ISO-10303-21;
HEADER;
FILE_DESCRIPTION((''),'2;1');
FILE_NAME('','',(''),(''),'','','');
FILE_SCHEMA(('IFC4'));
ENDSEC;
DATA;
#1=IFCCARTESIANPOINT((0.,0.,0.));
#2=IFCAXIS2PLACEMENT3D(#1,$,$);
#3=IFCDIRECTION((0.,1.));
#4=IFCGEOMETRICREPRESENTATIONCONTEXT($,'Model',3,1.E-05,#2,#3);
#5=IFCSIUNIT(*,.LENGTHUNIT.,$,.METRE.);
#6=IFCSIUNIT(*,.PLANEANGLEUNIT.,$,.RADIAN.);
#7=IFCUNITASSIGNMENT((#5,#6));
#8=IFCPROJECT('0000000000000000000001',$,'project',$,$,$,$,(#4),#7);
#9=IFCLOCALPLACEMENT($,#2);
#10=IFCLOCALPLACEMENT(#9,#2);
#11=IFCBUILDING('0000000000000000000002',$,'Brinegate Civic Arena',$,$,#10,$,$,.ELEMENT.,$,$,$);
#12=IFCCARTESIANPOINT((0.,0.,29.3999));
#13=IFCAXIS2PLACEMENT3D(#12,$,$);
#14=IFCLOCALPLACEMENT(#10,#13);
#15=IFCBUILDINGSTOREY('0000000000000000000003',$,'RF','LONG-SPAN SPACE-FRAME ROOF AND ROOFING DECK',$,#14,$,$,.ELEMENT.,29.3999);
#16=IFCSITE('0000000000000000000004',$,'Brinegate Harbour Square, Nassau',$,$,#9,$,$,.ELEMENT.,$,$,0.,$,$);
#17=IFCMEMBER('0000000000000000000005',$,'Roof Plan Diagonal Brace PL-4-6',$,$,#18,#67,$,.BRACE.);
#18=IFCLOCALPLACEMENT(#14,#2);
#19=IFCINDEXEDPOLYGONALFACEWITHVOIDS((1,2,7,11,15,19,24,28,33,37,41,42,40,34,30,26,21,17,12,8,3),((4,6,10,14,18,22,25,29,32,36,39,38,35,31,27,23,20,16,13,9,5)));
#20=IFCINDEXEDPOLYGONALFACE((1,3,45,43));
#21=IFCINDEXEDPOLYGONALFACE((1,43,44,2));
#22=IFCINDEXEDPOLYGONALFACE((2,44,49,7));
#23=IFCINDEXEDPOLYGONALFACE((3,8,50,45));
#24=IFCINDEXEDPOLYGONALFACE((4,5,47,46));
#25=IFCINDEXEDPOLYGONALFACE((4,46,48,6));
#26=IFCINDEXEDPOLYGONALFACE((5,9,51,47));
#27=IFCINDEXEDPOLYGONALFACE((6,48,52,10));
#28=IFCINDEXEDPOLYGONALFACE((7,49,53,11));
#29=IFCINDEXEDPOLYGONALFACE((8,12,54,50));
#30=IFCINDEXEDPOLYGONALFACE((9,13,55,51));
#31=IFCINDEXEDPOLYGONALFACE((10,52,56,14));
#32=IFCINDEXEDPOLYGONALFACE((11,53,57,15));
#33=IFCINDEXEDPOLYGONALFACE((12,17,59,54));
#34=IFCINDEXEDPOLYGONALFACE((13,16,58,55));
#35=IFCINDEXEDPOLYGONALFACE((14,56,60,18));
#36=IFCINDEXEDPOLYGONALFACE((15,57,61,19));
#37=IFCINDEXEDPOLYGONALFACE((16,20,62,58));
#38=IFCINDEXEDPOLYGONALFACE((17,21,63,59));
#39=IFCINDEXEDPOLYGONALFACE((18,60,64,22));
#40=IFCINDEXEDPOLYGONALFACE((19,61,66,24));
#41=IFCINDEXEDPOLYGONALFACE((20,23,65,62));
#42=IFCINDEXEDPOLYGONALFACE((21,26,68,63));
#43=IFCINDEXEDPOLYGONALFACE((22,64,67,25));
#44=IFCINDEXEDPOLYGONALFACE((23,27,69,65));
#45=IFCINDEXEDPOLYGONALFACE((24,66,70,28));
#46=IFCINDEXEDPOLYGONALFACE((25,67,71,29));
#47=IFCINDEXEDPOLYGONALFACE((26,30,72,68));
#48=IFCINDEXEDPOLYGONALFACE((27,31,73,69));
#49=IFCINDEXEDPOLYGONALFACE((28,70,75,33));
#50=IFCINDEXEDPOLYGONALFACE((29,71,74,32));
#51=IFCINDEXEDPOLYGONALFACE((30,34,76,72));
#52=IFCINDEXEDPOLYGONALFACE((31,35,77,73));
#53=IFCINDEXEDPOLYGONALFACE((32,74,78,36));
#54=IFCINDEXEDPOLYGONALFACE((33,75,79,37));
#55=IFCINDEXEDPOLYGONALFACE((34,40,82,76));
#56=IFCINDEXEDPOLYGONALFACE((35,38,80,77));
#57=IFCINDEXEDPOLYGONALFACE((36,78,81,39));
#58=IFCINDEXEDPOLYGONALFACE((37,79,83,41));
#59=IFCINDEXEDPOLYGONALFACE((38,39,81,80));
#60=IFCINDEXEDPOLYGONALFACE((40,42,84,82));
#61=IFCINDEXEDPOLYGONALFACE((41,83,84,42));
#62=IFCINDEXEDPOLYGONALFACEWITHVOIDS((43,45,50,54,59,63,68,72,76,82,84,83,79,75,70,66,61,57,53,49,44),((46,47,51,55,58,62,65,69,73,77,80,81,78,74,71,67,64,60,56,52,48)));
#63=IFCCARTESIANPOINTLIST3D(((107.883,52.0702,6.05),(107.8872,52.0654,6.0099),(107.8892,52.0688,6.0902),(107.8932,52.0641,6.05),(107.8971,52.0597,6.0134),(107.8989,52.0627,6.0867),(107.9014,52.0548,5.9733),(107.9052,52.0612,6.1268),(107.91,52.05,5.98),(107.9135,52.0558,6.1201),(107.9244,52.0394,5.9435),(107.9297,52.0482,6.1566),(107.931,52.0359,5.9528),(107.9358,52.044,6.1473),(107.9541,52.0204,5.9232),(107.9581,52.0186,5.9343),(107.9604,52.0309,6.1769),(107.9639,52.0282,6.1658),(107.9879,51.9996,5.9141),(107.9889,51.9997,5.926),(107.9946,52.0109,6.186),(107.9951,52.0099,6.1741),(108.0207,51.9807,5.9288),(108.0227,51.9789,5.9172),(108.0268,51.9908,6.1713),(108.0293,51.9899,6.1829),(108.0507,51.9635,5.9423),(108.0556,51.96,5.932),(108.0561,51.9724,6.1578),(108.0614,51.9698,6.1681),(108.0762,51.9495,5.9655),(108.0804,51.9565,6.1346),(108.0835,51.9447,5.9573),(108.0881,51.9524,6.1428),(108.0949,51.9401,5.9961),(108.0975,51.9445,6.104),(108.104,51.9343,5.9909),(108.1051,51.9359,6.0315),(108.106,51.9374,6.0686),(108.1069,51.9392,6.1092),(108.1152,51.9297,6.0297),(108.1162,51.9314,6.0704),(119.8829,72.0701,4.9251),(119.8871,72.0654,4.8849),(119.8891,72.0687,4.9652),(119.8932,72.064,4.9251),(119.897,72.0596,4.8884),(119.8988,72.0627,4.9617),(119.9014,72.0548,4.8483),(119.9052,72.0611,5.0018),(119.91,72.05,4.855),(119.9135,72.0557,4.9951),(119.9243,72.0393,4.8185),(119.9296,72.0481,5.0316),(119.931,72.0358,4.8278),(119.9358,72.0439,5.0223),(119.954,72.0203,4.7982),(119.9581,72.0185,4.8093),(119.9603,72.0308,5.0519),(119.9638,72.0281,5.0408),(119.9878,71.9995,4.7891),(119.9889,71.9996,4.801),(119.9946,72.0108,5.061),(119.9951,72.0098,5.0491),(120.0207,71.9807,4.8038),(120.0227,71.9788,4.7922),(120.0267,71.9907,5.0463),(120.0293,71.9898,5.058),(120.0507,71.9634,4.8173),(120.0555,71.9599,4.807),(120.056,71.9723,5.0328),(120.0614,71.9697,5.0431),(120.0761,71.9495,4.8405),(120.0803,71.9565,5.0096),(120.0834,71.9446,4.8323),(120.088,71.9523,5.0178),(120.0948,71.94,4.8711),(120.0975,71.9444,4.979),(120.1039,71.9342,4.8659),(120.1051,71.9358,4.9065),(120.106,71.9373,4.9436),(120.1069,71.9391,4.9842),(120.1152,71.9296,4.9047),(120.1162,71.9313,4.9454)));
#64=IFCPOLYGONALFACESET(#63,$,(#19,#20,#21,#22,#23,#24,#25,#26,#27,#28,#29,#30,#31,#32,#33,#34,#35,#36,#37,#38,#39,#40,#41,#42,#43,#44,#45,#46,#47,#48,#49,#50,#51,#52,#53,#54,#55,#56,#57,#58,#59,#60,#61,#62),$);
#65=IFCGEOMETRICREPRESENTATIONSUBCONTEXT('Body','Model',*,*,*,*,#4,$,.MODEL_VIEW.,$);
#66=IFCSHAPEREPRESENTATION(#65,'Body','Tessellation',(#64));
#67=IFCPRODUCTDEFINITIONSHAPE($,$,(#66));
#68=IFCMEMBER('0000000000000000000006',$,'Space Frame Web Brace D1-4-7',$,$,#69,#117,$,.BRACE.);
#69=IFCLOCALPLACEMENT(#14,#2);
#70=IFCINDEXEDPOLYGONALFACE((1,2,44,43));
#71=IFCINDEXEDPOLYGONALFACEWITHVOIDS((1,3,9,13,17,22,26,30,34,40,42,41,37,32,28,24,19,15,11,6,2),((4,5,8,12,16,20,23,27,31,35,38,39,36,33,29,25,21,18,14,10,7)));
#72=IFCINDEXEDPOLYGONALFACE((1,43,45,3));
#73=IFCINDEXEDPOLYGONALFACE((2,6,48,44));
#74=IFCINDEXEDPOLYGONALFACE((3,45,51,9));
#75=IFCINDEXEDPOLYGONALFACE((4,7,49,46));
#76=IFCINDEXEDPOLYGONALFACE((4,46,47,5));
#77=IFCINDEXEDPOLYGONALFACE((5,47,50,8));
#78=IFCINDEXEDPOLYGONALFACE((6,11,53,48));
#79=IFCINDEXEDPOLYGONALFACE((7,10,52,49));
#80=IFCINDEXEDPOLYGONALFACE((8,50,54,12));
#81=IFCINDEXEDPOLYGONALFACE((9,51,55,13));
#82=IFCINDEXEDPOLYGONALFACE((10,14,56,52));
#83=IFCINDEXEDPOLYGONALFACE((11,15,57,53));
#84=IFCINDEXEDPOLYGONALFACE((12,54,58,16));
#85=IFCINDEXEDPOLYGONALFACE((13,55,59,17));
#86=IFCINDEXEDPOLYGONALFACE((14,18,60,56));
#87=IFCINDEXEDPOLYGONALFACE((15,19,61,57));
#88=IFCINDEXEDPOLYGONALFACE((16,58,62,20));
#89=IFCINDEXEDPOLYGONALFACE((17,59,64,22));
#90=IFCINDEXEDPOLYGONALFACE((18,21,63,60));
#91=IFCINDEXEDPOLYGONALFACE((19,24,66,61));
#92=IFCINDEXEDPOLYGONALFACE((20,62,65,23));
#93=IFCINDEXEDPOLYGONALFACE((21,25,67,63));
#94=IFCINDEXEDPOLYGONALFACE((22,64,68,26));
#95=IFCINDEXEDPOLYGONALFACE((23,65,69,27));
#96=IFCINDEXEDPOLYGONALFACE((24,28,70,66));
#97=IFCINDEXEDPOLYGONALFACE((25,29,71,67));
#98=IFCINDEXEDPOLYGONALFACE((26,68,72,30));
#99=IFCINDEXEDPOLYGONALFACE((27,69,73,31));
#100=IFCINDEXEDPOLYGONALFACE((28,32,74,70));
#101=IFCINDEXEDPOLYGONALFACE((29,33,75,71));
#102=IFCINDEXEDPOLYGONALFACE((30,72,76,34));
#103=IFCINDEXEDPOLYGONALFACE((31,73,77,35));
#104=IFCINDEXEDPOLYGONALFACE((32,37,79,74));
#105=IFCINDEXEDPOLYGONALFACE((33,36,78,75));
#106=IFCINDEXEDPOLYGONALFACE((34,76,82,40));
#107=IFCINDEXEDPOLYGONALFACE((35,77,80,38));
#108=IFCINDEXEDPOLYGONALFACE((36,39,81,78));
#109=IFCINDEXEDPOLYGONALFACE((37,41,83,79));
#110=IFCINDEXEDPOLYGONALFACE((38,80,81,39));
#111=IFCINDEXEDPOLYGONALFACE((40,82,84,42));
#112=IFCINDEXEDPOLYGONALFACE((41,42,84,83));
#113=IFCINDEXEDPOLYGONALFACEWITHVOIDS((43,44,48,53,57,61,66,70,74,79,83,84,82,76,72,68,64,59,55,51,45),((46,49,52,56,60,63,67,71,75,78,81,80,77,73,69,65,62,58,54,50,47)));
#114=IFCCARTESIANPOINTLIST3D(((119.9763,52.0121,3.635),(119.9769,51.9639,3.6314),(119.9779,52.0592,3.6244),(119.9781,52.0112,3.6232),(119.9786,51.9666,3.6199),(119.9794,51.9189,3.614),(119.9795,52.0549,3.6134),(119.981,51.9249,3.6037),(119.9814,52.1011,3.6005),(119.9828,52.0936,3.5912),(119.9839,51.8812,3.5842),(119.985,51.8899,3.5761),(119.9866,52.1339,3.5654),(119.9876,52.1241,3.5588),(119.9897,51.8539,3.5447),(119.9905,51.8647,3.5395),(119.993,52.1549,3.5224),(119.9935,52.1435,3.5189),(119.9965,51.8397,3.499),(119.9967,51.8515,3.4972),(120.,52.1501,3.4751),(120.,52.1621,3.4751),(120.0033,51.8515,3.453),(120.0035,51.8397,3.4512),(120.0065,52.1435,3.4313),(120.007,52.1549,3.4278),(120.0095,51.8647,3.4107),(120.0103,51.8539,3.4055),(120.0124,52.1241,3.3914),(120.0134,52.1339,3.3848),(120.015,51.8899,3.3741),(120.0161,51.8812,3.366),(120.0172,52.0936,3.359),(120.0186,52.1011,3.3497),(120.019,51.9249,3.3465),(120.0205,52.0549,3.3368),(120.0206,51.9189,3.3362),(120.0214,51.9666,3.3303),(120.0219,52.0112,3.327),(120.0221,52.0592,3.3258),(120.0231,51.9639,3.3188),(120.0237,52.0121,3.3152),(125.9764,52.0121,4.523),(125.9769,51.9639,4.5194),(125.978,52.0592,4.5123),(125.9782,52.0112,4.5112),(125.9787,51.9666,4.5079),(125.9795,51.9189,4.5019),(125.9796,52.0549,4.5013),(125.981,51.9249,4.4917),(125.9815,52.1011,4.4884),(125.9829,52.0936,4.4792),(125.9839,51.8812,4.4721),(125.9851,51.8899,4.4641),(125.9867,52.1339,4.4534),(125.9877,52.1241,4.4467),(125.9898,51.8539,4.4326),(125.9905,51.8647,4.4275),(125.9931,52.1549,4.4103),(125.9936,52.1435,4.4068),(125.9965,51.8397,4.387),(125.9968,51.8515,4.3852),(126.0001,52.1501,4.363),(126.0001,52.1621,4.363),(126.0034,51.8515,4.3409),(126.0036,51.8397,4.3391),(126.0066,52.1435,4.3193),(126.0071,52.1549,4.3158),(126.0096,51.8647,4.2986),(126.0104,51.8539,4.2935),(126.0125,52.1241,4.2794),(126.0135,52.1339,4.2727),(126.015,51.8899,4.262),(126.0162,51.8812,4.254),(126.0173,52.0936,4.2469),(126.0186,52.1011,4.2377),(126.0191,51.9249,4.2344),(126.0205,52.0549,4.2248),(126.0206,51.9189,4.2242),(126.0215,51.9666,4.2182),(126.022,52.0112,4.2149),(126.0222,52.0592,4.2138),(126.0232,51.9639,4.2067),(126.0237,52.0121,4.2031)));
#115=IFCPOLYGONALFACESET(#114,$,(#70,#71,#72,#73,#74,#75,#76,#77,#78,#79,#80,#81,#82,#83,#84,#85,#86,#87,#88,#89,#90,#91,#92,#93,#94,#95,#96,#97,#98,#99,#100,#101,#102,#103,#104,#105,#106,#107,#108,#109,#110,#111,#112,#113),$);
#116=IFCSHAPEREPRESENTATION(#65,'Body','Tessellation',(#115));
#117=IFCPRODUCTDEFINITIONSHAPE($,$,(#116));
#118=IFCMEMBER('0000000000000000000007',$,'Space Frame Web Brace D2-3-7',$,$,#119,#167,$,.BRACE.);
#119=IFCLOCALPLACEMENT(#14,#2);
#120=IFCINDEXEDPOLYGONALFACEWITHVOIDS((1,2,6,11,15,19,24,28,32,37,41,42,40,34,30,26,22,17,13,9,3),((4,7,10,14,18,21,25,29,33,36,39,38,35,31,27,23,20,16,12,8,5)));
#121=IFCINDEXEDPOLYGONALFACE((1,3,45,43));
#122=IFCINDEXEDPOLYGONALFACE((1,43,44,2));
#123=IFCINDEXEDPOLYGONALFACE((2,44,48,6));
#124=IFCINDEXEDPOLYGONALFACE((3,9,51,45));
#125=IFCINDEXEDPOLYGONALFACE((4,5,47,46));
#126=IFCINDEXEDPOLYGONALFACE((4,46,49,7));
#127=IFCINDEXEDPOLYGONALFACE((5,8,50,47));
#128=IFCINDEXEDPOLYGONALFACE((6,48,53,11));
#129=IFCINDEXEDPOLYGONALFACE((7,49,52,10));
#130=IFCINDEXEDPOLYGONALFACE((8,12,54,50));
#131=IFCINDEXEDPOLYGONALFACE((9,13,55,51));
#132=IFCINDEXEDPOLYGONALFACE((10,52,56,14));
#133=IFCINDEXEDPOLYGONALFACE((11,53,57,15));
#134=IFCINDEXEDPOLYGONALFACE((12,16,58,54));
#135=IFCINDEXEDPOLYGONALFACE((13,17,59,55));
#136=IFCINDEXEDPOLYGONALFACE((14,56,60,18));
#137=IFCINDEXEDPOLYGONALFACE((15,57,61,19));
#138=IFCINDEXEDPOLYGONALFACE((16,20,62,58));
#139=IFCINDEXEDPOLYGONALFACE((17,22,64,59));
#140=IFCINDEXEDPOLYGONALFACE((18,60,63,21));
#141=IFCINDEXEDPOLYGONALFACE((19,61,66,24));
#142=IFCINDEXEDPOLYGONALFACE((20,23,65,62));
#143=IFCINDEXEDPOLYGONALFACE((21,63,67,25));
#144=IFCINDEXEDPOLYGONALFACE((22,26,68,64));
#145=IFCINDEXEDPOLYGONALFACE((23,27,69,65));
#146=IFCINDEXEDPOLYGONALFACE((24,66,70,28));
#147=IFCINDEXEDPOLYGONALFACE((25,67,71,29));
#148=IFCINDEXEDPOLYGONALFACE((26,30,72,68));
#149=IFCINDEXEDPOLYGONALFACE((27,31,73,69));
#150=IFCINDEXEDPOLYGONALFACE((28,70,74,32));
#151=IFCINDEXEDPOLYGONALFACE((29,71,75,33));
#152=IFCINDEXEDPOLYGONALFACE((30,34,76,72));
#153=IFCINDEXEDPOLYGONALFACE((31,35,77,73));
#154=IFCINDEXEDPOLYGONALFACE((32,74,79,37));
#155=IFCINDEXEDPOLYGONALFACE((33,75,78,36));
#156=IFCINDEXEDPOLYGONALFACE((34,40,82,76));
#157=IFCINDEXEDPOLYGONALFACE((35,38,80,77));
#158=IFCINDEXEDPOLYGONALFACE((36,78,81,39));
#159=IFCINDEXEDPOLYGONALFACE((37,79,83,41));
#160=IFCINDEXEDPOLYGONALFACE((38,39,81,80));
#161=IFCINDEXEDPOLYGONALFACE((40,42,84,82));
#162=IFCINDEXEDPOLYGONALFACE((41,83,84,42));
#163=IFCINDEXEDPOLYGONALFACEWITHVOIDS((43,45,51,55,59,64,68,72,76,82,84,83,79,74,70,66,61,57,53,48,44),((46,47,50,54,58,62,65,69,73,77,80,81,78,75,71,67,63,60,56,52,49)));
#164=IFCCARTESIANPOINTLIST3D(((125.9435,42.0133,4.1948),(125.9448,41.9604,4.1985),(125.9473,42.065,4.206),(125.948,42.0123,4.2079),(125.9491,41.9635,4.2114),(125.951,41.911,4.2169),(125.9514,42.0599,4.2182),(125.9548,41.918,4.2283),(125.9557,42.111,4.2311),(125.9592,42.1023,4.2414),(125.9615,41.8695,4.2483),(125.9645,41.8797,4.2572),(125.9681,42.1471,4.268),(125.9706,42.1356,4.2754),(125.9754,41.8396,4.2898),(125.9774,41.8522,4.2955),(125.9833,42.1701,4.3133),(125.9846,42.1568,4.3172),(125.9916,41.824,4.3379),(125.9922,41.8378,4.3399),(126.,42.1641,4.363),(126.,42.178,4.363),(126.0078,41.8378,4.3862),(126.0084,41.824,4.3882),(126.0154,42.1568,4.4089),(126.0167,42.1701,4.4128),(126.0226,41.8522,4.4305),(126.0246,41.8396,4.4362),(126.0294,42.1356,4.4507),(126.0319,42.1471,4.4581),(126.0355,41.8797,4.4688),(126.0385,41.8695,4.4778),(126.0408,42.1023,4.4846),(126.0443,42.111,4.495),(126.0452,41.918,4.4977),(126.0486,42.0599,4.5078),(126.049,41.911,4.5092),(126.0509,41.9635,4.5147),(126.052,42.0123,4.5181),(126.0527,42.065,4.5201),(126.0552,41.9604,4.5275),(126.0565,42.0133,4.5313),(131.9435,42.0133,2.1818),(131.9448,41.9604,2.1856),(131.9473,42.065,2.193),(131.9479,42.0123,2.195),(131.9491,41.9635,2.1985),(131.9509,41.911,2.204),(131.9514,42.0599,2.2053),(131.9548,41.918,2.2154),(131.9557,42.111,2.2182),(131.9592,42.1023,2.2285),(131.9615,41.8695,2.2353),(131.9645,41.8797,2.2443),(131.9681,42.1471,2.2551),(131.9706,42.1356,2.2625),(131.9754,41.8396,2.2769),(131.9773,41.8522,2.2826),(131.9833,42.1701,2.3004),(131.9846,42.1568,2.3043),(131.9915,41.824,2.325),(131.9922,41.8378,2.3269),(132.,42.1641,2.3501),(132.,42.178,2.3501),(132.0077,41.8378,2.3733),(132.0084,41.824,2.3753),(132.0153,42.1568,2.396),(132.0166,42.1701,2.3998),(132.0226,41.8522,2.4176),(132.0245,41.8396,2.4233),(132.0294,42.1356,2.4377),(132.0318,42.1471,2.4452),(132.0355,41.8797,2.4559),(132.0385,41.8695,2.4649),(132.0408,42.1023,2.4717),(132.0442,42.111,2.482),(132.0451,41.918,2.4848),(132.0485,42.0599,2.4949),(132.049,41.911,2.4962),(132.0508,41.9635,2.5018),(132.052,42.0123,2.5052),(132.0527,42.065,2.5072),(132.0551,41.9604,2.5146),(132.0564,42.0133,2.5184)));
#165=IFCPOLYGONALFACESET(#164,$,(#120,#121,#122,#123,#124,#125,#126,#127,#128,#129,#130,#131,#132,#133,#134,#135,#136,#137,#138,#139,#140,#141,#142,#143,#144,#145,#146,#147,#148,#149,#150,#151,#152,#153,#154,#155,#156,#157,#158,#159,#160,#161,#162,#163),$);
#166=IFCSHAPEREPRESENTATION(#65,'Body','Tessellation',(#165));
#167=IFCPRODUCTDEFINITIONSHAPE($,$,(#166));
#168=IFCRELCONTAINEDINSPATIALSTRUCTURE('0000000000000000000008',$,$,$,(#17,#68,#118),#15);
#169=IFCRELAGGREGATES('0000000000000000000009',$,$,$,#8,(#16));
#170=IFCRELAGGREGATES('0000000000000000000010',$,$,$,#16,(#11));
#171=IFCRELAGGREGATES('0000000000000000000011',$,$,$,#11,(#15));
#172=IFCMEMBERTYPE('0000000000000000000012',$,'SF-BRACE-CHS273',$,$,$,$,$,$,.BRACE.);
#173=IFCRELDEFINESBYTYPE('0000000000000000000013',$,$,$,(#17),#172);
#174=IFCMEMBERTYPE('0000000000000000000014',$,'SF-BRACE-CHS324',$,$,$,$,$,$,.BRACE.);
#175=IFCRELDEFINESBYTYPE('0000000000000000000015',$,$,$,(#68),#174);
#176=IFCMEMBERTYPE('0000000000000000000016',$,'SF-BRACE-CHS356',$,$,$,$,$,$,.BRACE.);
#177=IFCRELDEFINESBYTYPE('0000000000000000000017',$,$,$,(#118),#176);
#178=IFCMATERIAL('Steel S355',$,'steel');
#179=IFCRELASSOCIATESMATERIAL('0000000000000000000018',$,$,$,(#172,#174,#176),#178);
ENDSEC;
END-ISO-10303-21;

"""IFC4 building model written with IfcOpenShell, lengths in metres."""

from ifc_helpers import new_model, si_unit, direction, frame, origin, origin_2d, place, context, subcontext, project, spatial, hollow_circle, extrude, material, material_profile, profile_set, type_object, element, save


model = new_model("IFC4")

# Units and contexts
model_context = context("Model", 3, precision=1e-05, world=origin(), true_north=direction((0.0, 1.0)))
body_context = subcontext(model_context, "Body", "Model", "MODEL_VIEW")
ifc_project = project(units=[si_unit("LENGTHUNIT", "METRE"), si_unit("PLANEANGLEUNIT", "RADIAN")], contexts=[model_context])

# Site, building, storey
site_placement = place(None, origin())
site = spatial("IfcSite", under=ifc_project, at=site_placement, Name="Brinegate Harbour Square, Nassau", CompositionType="ELEMENT", RefElevation=0.0)
building_placement = place(site_placement, origin())
building = spatial("IfcBuilding", under=site, at=building_placement, Name="Brinegate Civic Arena", CompositionType="ELEMENT")
storey_placement = place(building_placement, frame((0.0, 0.0, 29.3999)))
storey = spatial("IfcBuildingStorey", under=building, at=storey_placement, Name="RF", Description="LONG-SPAN SPACE-FRAME ROOF AND ROOFING DECK", CompositionType="ELEMENT", Elevation=29.3999)

# Members
ifc_material = material(Name="Steel S355", Category="steel")
ifc_material_profile_1 = material_profile(ifc_material, hollow_circle(Radius=0.1365, WallThickness=0.012, at=origin_2d()), Name="CHS273X12")
ifc_profile_set_1 = profile_set([ifc_material_profile_1], Name="Steel S355")
member_type_1 = type_object("IfcMemberType", Name="SF-BRACE-CHS273", PredefinedType="BRACE", material=ifc_profile_set_1)
member_1_placement = place(storey_placement, frame((108.0, 52.0, 6.05), z_axis=(0.513898, 0.856497, -0.048178), x_axis=(-0.857493, 0.514496, 0.0)))
element("IfcMember", 1, at=member_1_placement, inside=storey, type_object=member_type_1, Name="Roof Plan Diagonal Brace PL-4-6", PredefinedType="BRACE", context=body_context, shape_type="SweptSolid", body=[
    extrude(hollow_circle(Radius=0.1365, WallThickness=0.012, at=origin_2d()), origin(), (0.0, 0.0, 1.0), 23.3508),
])
ifc_material_profile_2 = material_profile(ifc_material, hollow_circle(Radius=0.1621, WallThickness=0.012, at=origin_2d()), Name="CHS324X12")
ifc_profile_set_2 = profile_set([ifc_material_profile_2], Name="Steel S355")
member_type_2 = type_object("IfcMemberType", Name="SF-BRACE-CHS324", PredefinedType="BRACE", material=ifc_profile_set_2)
member_2_placement = place(storey_placement, frame((120.0, 52.0, 3.4751), z_axis=(0.989226, 0.0, 0.146395), x_axis=(0.0, 1.0, 0.0)))
element("IfcMember", 2, at=member_2_placement, inside=storey, type_object=member_type_2, Name="Space Frame Web Brace D1-4-7", PredefinedType="BRACE", context=body_context, shape_type="SweptSolid", body=[
    extrude(hollow_circle(Radius=0.1621, WallThickness=0.012, at=origin_2d()), origin(), (0.0, 0.0, 1.0), 6.0654),
])
ifc_material_profile_3 = material_profile(ifc_material, hollow_circle(Radius=0.178, WallThickness=0.0139, at=origin_2d()), Name="CHS356X14")
ifc_profile_set_3 = profile_set([ifc_material_profile_3], Name="Steel S355")
member_type_3 = type_object("IfcMemberType", Name="SF-BRACE-CHS356", PredefinedType="BRACE", material=ifc_profile_set_3)
member_3_placement = place(storey_placement, frame((126.0, 42.0, 4.363), z_axis=(0.948068, 0.0, -0.318067), x_axis=(0.0, 1.0, 0.0)))
element("IfcMember", 3, at=member_3_placement, inside=storey, type_object=member_type_3, Name="Space Frame Web Brace D2-3-7", PredefinedType="BRACE", context=body_context, shape_type="SweptSolid", body=[
    extrude(hollow_circle(Radius=0.178, WallThickness=0.0139, at=origin_2d()), origin(), (0.0, 0.0, 1.0), 6.3286),
])

save(model, "model.ifc")
